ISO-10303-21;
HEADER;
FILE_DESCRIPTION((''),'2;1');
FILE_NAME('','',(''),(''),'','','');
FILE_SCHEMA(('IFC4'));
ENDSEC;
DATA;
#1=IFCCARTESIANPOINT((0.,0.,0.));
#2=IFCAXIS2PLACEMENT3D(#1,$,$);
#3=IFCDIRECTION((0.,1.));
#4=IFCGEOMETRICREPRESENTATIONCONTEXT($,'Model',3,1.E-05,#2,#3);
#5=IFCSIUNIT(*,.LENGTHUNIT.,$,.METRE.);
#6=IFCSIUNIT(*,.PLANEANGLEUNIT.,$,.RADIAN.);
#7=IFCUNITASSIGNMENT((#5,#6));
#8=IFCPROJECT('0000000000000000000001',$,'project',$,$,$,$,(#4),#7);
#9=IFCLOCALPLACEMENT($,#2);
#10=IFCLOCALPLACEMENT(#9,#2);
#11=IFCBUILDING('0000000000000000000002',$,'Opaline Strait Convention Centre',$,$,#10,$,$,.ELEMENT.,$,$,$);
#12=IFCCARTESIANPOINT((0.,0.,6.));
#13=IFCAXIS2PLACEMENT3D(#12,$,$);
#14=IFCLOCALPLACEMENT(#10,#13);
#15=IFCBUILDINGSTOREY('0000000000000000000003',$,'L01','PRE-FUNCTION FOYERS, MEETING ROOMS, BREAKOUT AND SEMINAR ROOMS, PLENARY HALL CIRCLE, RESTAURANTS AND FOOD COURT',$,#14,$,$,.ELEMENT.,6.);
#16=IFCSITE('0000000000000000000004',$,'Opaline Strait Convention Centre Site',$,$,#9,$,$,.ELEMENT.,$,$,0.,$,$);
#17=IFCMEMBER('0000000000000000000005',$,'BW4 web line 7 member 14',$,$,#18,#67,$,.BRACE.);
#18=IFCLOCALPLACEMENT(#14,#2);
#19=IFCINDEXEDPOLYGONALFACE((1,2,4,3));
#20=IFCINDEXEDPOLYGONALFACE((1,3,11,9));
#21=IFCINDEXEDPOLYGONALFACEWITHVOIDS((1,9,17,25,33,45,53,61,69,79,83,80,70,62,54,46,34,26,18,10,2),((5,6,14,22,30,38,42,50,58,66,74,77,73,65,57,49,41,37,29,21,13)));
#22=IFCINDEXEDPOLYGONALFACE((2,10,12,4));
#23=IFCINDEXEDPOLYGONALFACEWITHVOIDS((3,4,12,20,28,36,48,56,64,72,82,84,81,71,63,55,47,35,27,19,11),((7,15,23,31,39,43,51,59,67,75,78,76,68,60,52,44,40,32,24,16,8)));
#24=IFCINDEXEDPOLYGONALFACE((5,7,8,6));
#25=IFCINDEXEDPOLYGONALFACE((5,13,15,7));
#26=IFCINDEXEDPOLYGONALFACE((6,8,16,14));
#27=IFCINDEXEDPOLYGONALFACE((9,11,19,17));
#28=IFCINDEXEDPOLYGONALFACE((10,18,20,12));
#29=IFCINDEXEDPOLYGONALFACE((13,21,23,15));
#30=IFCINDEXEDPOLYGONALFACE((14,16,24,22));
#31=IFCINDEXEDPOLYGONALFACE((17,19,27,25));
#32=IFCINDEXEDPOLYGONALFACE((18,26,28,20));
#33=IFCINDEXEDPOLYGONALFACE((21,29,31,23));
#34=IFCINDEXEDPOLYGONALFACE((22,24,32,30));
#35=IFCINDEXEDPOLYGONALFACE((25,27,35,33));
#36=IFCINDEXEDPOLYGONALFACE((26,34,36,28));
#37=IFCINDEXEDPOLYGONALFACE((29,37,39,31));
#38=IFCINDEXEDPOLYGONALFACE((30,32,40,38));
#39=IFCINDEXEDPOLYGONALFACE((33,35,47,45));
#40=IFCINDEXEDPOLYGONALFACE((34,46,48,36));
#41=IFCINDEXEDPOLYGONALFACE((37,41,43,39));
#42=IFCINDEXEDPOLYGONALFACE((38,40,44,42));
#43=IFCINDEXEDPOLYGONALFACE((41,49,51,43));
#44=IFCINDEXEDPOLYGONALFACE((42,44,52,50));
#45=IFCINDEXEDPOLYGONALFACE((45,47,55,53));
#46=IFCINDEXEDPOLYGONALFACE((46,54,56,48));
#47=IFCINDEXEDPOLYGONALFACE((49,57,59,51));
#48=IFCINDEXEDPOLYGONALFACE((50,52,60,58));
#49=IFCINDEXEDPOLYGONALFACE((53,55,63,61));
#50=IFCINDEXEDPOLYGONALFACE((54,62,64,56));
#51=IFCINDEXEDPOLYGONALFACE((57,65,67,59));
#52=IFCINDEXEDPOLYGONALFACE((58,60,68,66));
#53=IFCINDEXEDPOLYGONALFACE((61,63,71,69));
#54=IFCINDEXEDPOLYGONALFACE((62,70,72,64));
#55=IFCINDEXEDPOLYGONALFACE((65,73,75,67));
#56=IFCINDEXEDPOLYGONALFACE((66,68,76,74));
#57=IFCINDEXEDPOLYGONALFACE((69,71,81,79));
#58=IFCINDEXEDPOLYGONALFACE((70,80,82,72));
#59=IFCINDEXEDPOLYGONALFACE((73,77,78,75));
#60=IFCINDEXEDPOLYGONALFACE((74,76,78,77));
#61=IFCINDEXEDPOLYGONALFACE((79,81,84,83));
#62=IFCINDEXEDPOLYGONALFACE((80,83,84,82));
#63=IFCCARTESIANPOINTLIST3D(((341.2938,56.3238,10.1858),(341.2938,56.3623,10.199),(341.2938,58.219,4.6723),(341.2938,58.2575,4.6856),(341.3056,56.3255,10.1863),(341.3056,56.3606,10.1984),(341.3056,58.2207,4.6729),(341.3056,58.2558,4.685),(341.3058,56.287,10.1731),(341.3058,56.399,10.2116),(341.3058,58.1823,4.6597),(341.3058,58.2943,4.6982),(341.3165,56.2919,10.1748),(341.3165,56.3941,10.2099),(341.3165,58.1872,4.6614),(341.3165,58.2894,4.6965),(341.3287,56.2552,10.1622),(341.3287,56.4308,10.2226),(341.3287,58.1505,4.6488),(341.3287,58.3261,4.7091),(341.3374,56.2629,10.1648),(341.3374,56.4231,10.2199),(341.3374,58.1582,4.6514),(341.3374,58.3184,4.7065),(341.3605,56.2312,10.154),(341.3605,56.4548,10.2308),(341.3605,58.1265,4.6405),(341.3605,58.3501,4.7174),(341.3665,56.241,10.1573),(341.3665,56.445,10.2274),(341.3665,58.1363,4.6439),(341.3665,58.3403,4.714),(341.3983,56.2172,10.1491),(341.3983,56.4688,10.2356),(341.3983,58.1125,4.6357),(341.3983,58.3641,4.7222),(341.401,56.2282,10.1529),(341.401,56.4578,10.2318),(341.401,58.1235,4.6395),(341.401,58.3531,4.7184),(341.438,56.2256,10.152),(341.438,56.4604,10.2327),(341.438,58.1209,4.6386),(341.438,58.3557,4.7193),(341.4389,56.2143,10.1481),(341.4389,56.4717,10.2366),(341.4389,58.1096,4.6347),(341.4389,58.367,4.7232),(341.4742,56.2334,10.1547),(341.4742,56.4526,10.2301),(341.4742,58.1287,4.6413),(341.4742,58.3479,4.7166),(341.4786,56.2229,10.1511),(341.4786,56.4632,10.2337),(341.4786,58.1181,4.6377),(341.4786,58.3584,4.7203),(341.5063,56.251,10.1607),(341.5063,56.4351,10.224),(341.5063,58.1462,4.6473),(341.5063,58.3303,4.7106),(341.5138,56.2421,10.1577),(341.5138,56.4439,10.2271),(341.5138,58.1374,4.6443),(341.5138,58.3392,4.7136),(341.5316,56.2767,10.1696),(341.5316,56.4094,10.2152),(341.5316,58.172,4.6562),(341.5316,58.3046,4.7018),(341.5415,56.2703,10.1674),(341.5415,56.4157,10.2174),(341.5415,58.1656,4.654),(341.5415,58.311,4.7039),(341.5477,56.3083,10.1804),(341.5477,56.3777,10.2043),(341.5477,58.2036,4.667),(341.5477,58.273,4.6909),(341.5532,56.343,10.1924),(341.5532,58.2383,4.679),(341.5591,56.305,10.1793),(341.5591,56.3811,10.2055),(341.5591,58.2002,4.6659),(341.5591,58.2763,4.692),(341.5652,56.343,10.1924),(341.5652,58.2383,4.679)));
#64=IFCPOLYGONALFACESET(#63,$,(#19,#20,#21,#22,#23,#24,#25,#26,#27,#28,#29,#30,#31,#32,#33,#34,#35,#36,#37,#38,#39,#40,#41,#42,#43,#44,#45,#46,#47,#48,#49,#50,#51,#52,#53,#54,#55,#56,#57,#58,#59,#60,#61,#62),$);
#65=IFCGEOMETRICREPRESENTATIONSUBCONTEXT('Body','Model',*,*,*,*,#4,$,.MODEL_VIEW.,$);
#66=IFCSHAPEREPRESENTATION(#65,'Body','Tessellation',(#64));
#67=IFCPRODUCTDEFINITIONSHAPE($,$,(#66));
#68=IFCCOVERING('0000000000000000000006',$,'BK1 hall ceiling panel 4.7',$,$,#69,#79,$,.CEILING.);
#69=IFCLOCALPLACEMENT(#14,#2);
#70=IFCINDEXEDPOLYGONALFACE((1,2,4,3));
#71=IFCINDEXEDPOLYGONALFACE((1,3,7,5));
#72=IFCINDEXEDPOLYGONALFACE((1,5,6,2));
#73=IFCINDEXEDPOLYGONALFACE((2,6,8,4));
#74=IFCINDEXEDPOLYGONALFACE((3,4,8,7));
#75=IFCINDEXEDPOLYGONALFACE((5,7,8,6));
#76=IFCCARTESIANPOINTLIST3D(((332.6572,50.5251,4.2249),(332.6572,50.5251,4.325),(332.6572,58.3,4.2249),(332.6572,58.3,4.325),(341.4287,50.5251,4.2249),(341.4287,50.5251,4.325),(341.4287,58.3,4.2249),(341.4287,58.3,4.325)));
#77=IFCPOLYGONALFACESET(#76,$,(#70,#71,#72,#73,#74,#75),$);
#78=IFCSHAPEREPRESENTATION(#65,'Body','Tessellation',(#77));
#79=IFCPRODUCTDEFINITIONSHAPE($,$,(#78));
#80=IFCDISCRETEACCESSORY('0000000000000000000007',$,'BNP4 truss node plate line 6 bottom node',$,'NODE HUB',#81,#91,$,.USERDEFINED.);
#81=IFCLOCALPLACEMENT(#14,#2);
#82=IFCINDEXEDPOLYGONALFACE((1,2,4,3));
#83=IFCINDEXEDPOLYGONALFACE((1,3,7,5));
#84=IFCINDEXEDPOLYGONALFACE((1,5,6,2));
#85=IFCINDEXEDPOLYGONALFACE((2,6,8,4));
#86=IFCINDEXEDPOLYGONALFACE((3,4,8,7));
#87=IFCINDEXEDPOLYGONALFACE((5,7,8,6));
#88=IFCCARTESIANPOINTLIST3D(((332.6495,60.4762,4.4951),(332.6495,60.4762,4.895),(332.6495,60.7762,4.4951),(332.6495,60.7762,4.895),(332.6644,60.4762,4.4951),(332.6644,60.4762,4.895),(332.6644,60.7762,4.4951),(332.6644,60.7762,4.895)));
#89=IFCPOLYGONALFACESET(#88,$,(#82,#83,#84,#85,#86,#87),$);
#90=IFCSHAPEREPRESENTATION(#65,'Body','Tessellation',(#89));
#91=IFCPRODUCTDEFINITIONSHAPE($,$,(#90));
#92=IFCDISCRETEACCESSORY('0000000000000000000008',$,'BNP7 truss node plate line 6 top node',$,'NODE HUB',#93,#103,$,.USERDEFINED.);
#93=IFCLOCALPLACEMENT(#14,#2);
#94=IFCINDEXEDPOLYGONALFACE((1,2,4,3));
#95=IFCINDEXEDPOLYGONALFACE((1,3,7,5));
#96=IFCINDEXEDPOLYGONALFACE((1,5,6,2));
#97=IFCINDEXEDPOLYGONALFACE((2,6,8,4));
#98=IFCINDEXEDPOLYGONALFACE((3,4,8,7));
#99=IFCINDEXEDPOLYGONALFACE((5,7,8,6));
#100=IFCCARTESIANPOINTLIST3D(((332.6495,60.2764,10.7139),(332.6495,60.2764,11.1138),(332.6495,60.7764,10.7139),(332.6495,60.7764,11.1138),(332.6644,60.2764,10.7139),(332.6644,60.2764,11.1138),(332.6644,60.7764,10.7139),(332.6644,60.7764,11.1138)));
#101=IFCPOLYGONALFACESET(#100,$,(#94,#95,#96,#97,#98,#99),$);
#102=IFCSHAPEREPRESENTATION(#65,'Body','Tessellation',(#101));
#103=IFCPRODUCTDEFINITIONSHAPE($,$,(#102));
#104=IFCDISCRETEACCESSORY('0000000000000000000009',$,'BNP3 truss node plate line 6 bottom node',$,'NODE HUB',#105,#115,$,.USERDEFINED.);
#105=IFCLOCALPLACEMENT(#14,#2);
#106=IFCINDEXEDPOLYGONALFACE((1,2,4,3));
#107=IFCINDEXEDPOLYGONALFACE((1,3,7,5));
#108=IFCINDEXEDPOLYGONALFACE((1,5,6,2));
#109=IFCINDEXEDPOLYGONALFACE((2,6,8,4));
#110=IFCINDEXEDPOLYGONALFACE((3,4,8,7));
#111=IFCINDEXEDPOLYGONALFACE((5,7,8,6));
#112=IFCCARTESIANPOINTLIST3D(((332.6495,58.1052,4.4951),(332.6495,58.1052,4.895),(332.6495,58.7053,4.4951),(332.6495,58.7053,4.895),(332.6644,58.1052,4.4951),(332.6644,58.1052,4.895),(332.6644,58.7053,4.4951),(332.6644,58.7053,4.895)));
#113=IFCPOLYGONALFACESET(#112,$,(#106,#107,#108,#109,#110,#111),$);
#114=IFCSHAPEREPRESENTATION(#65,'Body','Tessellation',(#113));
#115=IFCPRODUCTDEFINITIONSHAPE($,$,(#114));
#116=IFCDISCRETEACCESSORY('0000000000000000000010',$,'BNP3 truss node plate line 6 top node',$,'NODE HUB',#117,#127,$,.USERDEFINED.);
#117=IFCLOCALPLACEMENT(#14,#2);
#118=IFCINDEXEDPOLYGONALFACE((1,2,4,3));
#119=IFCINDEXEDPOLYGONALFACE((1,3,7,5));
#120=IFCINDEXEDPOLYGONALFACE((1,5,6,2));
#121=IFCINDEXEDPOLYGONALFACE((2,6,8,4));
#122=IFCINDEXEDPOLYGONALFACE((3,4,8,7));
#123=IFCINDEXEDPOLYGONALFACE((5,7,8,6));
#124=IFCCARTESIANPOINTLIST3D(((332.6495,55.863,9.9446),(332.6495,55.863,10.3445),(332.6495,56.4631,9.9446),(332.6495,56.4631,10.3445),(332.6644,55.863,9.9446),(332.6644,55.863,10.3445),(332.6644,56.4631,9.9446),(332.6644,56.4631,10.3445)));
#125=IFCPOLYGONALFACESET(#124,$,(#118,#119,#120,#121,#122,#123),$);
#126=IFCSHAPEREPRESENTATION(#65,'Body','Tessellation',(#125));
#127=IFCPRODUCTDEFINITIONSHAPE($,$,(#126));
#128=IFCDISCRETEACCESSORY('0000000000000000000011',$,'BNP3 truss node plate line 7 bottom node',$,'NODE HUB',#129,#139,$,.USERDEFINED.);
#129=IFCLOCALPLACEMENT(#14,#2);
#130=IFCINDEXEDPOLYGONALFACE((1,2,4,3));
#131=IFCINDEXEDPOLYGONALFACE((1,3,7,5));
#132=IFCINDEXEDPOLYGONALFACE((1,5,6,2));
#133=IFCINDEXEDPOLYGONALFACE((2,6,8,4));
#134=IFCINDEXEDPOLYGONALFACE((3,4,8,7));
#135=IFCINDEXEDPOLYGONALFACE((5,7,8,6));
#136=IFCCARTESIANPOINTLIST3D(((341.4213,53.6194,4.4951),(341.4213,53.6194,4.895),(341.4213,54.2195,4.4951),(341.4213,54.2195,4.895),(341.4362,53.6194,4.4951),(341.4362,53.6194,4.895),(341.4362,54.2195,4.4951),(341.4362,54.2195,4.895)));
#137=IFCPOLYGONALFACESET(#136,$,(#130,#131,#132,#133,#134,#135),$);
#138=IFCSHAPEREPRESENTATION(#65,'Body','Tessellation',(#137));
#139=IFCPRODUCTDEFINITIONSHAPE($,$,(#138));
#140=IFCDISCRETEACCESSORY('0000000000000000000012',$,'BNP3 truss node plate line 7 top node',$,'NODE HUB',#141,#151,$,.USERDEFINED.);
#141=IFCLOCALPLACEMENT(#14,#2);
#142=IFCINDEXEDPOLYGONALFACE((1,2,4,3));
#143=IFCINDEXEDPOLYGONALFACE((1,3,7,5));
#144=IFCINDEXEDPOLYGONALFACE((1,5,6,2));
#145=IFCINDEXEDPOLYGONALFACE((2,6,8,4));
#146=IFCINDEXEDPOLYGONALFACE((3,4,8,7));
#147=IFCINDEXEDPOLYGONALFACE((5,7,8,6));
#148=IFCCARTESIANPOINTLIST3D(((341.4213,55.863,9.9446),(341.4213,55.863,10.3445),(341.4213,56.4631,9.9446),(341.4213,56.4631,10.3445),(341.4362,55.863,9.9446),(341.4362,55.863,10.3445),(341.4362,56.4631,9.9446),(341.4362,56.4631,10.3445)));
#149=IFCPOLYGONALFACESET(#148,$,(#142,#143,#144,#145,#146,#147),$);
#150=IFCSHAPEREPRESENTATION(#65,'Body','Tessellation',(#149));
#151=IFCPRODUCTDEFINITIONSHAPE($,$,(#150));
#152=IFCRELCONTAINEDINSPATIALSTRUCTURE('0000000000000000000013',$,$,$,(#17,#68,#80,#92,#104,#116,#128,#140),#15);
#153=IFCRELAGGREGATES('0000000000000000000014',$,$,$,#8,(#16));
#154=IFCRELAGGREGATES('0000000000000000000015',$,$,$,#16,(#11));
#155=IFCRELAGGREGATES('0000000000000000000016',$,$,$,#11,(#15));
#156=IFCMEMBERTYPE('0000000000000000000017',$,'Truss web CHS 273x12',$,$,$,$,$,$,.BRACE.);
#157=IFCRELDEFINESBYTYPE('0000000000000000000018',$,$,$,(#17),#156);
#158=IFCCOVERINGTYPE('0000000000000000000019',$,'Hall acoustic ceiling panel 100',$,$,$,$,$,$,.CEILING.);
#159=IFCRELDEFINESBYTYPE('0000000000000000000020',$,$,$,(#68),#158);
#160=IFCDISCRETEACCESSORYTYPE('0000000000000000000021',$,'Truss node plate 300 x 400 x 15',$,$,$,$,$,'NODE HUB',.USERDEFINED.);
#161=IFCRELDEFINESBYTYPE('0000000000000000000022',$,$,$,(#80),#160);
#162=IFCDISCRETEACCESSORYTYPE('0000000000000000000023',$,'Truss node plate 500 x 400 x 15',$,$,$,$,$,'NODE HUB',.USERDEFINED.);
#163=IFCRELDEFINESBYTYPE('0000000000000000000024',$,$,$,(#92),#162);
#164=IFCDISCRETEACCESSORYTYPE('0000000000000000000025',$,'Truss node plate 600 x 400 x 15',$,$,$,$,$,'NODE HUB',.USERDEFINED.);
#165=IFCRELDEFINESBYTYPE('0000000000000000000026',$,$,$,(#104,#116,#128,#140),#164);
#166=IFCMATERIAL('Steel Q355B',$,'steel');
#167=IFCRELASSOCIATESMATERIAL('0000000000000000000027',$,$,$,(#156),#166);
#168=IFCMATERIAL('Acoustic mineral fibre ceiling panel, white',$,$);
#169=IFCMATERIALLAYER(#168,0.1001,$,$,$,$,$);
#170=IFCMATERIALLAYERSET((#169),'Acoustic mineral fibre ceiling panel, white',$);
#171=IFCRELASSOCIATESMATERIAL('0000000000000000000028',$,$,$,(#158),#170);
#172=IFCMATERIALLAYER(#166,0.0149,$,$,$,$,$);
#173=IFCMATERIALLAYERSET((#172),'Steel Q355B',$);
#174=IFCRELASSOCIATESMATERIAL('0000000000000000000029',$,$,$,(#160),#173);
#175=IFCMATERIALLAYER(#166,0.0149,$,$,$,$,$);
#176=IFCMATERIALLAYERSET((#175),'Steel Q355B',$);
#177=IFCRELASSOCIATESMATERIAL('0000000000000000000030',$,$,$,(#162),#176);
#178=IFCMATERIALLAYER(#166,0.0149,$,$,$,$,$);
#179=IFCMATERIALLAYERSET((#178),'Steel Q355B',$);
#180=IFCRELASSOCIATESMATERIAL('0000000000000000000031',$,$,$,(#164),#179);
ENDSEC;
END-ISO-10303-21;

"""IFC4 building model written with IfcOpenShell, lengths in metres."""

from ifc_helpers import new_model, si_unit, direction, frame, origin, origin_2d, place, context, subcontext, project, spatial, rectangle, hollow_circle, extrude, material, layer, layer_set, material_profile, profile_set, type_object, element, save


model = new_model("IFC4")

# Units and contexts
model_context = context("Model", 3, precision=1e-05, world=origin(), true_north=direction((0.0, 1.0)))
body_context = subcontext(model_context, "Body", "Model", "MODEL_VIEW")
ifc_project = project(units=[si_unit("LENGTHUNIT", "METRE"), si_unit("PLANEANGLEUNIT", "RADIAN")], contexts=[model_context])

# Site, building, storey
site_placement = place(None, origin())
site = spatial("IfcSite", under=ifc_project, at=site_placement, Name="Opaline Strait Convention Centre Site", CompositionType="ELEMENT", RefElevation=0.0)
building_placement = place(site_placement, origin())
building = spatial("IfcBuilding", under=site, at=building_placement, Name="Opaline Strait Convention Centre", CompositionType="ELEMENT")
storey_placement = place(building_placement, frame((0.0, 0.0, 6.0)))
storey = spatial("IfcBuildingStorey", under=building, at=storey_placement, Name="L01", Description="PRE-FUNCTION FOYERS, MEETING ROOMS, BREAKOUT AND SEMINAR ROOMS, PLENARY HALL CIRCLE, RESTAURANTS AND FOOD COURT", CompositionType="ELEMENT", Elevation=6.0)

# Member
ifc_material_1 = material(Name="Steel Q355B", Category="steel")
ifc_material_profile_1 = material_profile(ifc_material_1, hollow_circle(Radius=0.1365, WallThickness=0.012, at=origin_2d()), Name="CHS 273x12")
ifc_profile_set_1 = profile_set([ifc_material_profile_1], Name="Steel Q355B")
member_type_1 = type_object("IfcMemberType", Name="Truss web CHS 273x12", PredefinedType="BRACE", material=ifc_profile_set_1)
member_1_placement = place(storey_placement, frame((341.4287, 58.2383, 4.679), z_axis=(0.0, -0.325083, 0.945685), x_axis=(1.0, 0.0, 0.0)))
element("IfcMember", 1, at=member_1_placement, inside=storey, type_object=member_type_1, Name="BW4 web line 7 member 14", PredefinedType="BRACE", context=body_context, shape_type="SweptSolid", body=[
    extrude(hollow_circle(Radius=0.1365, WallThickness=0.012, at=origin_2d()), origin(), (0.0, 0.0, 1.0), 5.8301),
])

# Covering
ifc_material_2 = material(Name="Acoustic mineral fibre ceiling panel, white")
ifc_layer_1 = layer(ifc_material_2, 0.1001)
ifc_layer_set_1 = layer_set([ifc_layer_1], Name="Acoustic mineral fibre ceiling panel, white")
covering_type = type_object("IfcCoveringType", Name="Hall acoustic ceiling panel 100", PredefinedType="CEILING", material=ifc_layer_set_1)
covering_placement = place(storey_placement, frame((337.043, 54.4126, 4.2249), z_axis=(0.0, 0.0, 1.0), x_axis=(1.0, 0.0, 0.0)))
element("IfcCovering", 2, at=covering_placement, inside=storey, type_object=covering_type, Name="BK1 hall ceiling panel 4.7", PredefinedType="CEILING", context=body_context, shape_type="SweptSolid", body=[
    extrude(rectangle(XDim=8.7715, YDim=7.7749, at=origin_2d()), origin(), (0.0, 0.0, 1.0), 0.1001),
])

# Discrete accessories
ifc_layer_2 = layer(ifc_material_1, 0.0149)
ifc_layer_set_2 = layer_set([ifc_layer_2], Name="Steel Q355B")
discrete_accessory_type_1 = type_object("IfcDiscreteAccessoryType", Name="Truss node plate 300 x 400 x 15", ElementType="NODE HUB", PredefinedType="USERDEFINED", material=ifc_layer_set_2)
discrete_accessory_1_placement = place(storey_placement, frame((332.657, 60.6262, 4.4951), z_axis=(0.0, 0.0, 1.0), x_axis=(1.0, 0.0, 0.0)))
element("IfcDiscreteAccessory", 3, at=discrete_accessory_1_placement, inside=storey, type_object=discrete_accessory_type_1, Name="BNP4 truss node plate line 6 bottom node", ObjectType="NODE HUB", PredefinedType="USERDEFINED", context=body_context, shape_type="SweptSolid", body=[
    extrude(rectangle(XDim=0.0149, YDim=0.3, at=origin_2d()), origin(), (0.0, 0.0, 1.0), 0.3999),
])
ifc_layer_3 = layer(ifc_material_1, 0.0149)
ifc_layer_set_3 = layer_set([ifc_layer_3], Name="Steel Q355B")
discrete_accessory_type_2 = type_object("IfcDiscreteAccessoryType", Name="Truss node plate 500 x 400 x 15", ElementType="NODE HUB", PredefinedType="USERDEFINED", material=ifc_layer_set_3)
discrete_accessory_2_placement = place(storey_placement, frame((332.657, 60.5264, 10.7139), z_axis=(0.0, 0.0, 1.0), x_axis=(1.0, 0.0, 0.0)))
element("IfcDiscreteAccessory", 4, at=discrete_accessory_2_placement, inside=storey, type_object=discrete_accessory_type_2, Name="BNP7 truss node plate line 6 top node", ObjectType="NODE HUB", PredefinedType="USERDEFINED", context=body_context, shape_type="SweptSolid", body=[
    extrude(rectangle(XDim=0.0149, YDim=0.5, at=origin_2d()), origin(), (0.0, 0.0, 1.0), 0.3999),
])
ifc_layer_4 = layer(ifc_material_1, 0.0149)
ifc_layer_set_4 = layer_set([ifc_layer_4], Name="Steel Q355B")
discrete_accessory_type_3 = type_object("IfcDiscreteAccessoryType", Name="Truss node plate 600 x 400 x 15", ElementType="NODE HUB", PredefinedType="USERDEFINED", material=ifc_layer_set_4)
for number, where, z_axis, x_axis, name in (
    (5, (332.657, 58.4053, 4.4951), (0.0, 0.0, 1.0), (1.0, 0.0, 0.0), "BNP3 truss node plate line 6 bottom node"),
    (6, (332.657, 56.1631, 9.9446), (0.0, 0.0, 1.0), (1.0, 0.0, 0.0), "BNP3 truss node plate line 6 top node"),
    (7, (341.4287, 53.9194, 4.4951), (0.0, 0.0, 1.0), (1.0, 0.0, 0.0), "BNP3 truss node plate line 7 bottom node"),
    (8, (341.4287, 56.1631, 9.9446), (0.0, 0.0, 1.0), (1.0, 0.0, 0.0), "BNP3 truss node plate line 7 top node"),
):
    element("IfcDiscreteAccessory", number, at=place(storey_placement, frame(where, z_axis=z_axis, x_axis=x_axis)), inside=storey, type_object=discrete_accessory_type_3, Name=name, ObjectType="NODE HUB", PredefinedType="USERDEFINED", context=body_context, shape_type="SweptSolid", body=[
        extrude(rectangle(XDim=0.0149, YDim=0.6001, at=origin_2d()), origin(), (0.0, 0.0, 1.0), 0.3999),
    ])

save(model, "model.ifc")
